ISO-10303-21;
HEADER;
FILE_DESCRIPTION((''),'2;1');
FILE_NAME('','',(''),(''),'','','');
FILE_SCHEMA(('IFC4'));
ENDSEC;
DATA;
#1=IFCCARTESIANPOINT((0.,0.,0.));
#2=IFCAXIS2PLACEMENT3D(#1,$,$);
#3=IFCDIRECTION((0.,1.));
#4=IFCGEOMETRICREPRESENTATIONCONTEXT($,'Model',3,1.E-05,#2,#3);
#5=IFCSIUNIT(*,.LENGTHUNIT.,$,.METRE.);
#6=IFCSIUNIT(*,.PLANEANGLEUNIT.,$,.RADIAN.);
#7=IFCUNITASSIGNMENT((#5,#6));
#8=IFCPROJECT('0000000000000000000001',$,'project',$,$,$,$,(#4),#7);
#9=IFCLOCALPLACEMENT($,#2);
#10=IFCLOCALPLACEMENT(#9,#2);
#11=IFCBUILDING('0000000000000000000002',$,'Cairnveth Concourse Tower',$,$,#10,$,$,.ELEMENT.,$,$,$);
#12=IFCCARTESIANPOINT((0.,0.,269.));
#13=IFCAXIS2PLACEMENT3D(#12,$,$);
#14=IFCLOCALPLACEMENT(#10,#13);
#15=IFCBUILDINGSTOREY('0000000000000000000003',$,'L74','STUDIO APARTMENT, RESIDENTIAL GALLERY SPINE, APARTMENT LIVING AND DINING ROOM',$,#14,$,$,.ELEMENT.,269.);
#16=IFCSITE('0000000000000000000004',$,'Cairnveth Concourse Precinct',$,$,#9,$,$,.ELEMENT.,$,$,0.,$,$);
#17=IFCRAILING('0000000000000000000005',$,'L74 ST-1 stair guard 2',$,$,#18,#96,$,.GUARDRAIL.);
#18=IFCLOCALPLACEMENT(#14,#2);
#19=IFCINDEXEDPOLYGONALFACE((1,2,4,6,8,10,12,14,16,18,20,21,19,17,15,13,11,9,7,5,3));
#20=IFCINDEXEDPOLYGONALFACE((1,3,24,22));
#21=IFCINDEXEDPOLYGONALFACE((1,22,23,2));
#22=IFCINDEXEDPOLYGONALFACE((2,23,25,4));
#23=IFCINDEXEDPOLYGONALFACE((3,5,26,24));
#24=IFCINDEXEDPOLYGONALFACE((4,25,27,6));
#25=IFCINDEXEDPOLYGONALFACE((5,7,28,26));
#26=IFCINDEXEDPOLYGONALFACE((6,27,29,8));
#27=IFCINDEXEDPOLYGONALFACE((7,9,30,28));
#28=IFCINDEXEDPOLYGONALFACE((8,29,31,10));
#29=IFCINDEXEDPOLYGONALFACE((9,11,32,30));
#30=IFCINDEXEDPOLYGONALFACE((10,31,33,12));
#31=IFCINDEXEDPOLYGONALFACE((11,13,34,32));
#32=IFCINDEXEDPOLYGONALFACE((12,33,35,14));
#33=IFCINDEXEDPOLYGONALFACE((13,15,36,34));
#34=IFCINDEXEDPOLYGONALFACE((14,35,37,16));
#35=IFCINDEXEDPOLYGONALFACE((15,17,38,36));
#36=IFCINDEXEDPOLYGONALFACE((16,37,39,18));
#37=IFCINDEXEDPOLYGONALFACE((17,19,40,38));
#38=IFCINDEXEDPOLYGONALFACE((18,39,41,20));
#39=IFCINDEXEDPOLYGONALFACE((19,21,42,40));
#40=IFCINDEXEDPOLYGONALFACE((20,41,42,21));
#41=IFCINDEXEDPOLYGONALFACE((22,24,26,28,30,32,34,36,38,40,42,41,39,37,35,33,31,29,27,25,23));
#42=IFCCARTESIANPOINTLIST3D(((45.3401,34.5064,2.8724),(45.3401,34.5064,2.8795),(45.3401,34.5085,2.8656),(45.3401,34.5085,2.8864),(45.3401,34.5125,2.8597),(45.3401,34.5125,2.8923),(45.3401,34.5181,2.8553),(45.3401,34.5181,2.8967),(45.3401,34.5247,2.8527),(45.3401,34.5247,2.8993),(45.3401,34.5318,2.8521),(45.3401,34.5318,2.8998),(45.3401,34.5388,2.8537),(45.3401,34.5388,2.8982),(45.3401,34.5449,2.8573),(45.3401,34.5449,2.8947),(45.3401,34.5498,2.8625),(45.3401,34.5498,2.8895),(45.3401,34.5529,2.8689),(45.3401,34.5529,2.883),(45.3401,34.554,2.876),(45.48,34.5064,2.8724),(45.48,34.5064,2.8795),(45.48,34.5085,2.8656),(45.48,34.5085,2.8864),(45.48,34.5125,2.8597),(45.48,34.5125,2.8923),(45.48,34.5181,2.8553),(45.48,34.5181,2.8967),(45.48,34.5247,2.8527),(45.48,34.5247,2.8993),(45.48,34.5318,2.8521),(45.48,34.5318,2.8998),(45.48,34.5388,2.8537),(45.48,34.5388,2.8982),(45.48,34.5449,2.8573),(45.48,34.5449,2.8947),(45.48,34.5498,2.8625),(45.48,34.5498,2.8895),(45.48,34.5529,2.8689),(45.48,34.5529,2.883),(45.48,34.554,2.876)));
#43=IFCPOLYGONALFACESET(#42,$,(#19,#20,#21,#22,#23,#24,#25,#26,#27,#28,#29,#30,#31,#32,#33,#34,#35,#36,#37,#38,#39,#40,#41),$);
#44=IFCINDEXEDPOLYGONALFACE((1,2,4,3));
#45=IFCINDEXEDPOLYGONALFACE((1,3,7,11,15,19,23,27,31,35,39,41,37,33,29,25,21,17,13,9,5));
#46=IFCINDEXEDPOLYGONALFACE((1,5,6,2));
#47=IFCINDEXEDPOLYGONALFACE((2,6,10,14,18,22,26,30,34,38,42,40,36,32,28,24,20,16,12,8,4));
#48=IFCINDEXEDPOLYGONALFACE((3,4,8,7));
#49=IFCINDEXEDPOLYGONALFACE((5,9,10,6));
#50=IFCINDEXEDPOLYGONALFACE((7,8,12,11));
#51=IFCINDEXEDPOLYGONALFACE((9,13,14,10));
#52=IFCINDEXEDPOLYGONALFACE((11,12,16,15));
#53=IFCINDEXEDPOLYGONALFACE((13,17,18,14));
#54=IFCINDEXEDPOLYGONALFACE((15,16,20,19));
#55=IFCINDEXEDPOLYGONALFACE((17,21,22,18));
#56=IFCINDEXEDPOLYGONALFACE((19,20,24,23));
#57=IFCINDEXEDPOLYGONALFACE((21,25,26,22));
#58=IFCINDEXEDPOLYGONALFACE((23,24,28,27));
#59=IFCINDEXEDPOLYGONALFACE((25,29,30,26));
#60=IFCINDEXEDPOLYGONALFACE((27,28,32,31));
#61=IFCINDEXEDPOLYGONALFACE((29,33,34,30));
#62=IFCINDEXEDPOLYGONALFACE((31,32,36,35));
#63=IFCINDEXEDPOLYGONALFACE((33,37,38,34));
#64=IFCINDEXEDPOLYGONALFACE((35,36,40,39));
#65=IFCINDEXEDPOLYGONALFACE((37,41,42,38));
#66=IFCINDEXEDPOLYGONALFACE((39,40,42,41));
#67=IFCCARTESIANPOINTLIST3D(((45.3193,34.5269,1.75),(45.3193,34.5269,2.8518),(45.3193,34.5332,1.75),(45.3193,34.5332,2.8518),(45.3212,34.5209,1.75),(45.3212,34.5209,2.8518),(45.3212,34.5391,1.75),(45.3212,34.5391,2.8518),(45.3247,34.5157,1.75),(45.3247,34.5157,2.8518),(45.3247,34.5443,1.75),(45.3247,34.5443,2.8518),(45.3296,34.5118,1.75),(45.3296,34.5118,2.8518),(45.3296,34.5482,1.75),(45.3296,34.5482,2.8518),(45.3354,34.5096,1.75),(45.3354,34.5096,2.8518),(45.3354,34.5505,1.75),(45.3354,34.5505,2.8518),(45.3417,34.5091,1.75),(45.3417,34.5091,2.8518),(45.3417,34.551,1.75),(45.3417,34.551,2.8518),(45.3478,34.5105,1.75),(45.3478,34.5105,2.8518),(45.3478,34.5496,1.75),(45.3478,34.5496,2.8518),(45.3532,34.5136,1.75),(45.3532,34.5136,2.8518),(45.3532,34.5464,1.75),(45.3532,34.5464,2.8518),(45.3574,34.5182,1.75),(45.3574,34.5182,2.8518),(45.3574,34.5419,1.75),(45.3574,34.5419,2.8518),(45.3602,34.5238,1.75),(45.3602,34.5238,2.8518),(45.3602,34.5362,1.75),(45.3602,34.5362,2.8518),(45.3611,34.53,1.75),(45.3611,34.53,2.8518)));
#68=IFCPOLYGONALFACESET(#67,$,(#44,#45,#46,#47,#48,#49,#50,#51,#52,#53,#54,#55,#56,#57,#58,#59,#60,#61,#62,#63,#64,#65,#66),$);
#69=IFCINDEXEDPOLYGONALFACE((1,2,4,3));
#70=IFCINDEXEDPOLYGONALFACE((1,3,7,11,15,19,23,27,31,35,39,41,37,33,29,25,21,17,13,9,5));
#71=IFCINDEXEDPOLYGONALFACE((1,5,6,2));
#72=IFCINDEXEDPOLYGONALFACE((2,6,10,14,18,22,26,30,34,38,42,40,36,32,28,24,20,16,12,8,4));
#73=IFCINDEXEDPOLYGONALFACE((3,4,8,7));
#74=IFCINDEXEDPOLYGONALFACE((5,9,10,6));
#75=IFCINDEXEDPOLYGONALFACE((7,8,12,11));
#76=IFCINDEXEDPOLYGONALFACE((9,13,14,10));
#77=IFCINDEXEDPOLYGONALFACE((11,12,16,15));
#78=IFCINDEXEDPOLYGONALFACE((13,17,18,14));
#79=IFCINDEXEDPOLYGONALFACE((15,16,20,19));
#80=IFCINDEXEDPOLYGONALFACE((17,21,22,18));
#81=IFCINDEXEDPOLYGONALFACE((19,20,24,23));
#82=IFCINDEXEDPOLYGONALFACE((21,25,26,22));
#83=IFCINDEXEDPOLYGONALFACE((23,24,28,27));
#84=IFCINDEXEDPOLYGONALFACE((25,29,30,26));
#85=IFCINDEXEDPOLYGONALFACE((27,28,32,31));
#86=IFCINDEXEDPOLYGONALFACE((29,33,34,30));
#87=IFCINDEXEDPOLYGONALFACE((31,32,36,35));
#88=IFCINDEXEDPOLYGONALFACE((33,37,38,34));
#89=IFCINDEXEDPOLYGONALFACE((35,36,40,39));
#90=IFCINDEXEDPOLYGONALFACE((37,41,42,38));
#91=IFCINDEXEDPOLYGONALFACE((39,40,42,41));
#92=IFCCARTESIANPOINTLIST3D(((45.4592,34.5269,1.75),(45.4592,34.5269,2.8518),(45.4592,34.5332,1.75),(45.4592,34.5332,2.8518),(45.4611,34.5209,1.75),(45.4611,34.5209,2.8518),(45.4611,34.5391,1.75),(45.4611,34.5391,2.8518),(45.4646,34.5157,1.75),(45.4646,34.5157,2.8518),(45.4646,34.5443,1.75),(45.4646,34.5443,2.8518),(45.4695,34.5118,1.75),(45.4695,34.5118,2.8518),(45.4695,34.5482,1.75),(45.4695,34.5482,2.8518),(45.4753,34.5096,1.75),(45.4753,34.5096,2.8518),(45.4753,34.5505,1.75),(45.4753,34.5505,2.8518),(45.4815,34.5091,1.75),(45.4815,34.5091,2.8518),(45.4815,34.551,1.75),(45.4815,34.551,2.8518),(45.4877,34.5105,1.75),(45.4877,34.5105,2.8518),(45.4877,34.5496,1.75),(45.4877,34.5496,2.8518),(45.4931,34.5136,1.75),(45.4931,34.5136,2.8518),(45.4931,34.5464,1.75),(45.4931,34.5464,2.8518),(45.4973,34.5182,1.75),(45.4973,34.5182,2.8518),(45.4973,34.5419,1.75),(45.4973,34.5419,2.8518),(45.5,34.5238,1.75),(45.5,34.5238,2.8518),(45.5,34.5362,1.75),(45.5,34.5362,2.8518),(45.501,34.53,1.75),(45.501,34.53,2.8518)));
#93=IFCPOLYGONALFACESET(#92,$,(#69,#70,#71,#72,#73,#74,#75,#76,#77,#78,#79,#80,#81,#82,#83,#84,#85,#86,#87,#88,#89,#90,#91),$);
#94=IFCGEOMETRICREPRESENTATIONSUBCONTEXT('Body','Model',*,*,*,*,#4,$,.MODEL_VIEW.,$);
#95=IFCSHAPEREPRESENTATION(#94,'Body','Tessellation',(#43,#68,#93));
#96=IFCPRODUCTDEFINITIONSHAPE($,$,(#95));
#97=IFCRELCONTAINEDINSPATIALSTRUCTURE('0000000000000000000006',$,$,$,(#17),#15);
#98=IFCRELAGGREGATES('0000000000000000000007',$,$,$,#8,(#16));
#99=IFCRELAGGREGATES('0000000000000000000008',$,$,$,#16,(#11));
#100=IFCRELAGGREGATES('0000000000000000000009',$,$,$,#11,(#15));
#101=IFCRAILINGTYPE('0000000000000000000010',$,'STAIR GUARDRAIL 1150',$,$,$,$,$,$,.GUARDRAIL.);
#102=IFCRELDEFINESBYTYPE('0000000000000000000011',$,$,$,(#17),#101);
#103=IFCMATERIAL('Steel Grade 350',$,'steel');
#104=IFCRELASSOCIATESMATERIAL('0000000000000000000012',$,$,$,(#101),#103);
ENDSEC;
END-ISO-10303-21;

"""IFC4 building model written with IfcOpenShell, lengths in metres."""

from ifc_helpers import new_model, si_unit, direction, frame, origin, origin_2d, place, context, subcontext, project, spatial, circle, extrude, material, type_object, element, save


model = new_model("IFC4")

# Units and contexts
model_context = context("Model", 3, precision=1e-05, world=origin(), true_north=direction((0.0, 1.0)))
body_context = subcontext(model_context, "Body", "Model", "MODEL_VIEW")
ifc_project = project(units=[si_unit("LENGTHUNIT", "METRE"), si_unit("PLANEANGLEUNIT", "RADIAN")], contexts=[model_context])

# Site, building, storey
site_placement = place(None, origin())
site = spatial("IfcSite", under=ifc_project, at=site_placement, Name="Cairnveth Concourse Precinct", CompositionType="ELEMENT", RefElevation=0.0)
building_placement = place(site_placement, origin())
building = spatial("IfcBuilding", under=site, at=building_placement, Name="Cairnveth Concourse Tower", CompositionType="ELEMENT")
storey_placement = place(building_placement, frame((0.0, 0.0, 269.0)))
storey = spatial("IfcBuildingStorey", under=building, at=storey_placement, Name="L74", Description="STUDIO APARTMENT, RESIDENTIAL GALLERY SPINE, APARTMENT LIVING AND DINING ROOM", CompositionType="ELEMENT", Elevation=269.0)

# Shared definitions
ifc_material_1 = material(Name="Steel Grade 350", Category="steel")

# Railing
railing_type_1 = type_object("IfcRailingType", Name="STAIR GUARDRAIL 1150", PredefinedType="GUARDRAIL", material=ifc_material_1)
railing_1_placement = place(storey_placement, frame((45.3401, 34.53, 1.75)))
element("IfcRailing", 1, at=railing_1_placement, inside=storey, type_object=railing_type_1, Name="L74 ST-1 stair guard 2", PredefinedType="GUARDRAIL", context=body_context, shape_type="SweptSolid", body=[
    extrude(circle(Radius=0.0239, at=origin_2d()), frame((0.0, 0.0, 1.126), z_axis=(1.0, 0.0, 0.0), x_axis=(0.0, 1.0, 0.0)), (0.0, 0.0, 1.0), 0.1399),
    extrude(circle(Radius=0.021, at=origin_2d()), origin(), (0.0, 0.0, 1.0), 1.1018),
    extrude(circle(Radius=0.021, at=origin_2d()), frame((0.1399, 0.0, 0.0)), (0.0, 0.0, 1.0), 1.1018),
])

save(model, "model.ifc")
